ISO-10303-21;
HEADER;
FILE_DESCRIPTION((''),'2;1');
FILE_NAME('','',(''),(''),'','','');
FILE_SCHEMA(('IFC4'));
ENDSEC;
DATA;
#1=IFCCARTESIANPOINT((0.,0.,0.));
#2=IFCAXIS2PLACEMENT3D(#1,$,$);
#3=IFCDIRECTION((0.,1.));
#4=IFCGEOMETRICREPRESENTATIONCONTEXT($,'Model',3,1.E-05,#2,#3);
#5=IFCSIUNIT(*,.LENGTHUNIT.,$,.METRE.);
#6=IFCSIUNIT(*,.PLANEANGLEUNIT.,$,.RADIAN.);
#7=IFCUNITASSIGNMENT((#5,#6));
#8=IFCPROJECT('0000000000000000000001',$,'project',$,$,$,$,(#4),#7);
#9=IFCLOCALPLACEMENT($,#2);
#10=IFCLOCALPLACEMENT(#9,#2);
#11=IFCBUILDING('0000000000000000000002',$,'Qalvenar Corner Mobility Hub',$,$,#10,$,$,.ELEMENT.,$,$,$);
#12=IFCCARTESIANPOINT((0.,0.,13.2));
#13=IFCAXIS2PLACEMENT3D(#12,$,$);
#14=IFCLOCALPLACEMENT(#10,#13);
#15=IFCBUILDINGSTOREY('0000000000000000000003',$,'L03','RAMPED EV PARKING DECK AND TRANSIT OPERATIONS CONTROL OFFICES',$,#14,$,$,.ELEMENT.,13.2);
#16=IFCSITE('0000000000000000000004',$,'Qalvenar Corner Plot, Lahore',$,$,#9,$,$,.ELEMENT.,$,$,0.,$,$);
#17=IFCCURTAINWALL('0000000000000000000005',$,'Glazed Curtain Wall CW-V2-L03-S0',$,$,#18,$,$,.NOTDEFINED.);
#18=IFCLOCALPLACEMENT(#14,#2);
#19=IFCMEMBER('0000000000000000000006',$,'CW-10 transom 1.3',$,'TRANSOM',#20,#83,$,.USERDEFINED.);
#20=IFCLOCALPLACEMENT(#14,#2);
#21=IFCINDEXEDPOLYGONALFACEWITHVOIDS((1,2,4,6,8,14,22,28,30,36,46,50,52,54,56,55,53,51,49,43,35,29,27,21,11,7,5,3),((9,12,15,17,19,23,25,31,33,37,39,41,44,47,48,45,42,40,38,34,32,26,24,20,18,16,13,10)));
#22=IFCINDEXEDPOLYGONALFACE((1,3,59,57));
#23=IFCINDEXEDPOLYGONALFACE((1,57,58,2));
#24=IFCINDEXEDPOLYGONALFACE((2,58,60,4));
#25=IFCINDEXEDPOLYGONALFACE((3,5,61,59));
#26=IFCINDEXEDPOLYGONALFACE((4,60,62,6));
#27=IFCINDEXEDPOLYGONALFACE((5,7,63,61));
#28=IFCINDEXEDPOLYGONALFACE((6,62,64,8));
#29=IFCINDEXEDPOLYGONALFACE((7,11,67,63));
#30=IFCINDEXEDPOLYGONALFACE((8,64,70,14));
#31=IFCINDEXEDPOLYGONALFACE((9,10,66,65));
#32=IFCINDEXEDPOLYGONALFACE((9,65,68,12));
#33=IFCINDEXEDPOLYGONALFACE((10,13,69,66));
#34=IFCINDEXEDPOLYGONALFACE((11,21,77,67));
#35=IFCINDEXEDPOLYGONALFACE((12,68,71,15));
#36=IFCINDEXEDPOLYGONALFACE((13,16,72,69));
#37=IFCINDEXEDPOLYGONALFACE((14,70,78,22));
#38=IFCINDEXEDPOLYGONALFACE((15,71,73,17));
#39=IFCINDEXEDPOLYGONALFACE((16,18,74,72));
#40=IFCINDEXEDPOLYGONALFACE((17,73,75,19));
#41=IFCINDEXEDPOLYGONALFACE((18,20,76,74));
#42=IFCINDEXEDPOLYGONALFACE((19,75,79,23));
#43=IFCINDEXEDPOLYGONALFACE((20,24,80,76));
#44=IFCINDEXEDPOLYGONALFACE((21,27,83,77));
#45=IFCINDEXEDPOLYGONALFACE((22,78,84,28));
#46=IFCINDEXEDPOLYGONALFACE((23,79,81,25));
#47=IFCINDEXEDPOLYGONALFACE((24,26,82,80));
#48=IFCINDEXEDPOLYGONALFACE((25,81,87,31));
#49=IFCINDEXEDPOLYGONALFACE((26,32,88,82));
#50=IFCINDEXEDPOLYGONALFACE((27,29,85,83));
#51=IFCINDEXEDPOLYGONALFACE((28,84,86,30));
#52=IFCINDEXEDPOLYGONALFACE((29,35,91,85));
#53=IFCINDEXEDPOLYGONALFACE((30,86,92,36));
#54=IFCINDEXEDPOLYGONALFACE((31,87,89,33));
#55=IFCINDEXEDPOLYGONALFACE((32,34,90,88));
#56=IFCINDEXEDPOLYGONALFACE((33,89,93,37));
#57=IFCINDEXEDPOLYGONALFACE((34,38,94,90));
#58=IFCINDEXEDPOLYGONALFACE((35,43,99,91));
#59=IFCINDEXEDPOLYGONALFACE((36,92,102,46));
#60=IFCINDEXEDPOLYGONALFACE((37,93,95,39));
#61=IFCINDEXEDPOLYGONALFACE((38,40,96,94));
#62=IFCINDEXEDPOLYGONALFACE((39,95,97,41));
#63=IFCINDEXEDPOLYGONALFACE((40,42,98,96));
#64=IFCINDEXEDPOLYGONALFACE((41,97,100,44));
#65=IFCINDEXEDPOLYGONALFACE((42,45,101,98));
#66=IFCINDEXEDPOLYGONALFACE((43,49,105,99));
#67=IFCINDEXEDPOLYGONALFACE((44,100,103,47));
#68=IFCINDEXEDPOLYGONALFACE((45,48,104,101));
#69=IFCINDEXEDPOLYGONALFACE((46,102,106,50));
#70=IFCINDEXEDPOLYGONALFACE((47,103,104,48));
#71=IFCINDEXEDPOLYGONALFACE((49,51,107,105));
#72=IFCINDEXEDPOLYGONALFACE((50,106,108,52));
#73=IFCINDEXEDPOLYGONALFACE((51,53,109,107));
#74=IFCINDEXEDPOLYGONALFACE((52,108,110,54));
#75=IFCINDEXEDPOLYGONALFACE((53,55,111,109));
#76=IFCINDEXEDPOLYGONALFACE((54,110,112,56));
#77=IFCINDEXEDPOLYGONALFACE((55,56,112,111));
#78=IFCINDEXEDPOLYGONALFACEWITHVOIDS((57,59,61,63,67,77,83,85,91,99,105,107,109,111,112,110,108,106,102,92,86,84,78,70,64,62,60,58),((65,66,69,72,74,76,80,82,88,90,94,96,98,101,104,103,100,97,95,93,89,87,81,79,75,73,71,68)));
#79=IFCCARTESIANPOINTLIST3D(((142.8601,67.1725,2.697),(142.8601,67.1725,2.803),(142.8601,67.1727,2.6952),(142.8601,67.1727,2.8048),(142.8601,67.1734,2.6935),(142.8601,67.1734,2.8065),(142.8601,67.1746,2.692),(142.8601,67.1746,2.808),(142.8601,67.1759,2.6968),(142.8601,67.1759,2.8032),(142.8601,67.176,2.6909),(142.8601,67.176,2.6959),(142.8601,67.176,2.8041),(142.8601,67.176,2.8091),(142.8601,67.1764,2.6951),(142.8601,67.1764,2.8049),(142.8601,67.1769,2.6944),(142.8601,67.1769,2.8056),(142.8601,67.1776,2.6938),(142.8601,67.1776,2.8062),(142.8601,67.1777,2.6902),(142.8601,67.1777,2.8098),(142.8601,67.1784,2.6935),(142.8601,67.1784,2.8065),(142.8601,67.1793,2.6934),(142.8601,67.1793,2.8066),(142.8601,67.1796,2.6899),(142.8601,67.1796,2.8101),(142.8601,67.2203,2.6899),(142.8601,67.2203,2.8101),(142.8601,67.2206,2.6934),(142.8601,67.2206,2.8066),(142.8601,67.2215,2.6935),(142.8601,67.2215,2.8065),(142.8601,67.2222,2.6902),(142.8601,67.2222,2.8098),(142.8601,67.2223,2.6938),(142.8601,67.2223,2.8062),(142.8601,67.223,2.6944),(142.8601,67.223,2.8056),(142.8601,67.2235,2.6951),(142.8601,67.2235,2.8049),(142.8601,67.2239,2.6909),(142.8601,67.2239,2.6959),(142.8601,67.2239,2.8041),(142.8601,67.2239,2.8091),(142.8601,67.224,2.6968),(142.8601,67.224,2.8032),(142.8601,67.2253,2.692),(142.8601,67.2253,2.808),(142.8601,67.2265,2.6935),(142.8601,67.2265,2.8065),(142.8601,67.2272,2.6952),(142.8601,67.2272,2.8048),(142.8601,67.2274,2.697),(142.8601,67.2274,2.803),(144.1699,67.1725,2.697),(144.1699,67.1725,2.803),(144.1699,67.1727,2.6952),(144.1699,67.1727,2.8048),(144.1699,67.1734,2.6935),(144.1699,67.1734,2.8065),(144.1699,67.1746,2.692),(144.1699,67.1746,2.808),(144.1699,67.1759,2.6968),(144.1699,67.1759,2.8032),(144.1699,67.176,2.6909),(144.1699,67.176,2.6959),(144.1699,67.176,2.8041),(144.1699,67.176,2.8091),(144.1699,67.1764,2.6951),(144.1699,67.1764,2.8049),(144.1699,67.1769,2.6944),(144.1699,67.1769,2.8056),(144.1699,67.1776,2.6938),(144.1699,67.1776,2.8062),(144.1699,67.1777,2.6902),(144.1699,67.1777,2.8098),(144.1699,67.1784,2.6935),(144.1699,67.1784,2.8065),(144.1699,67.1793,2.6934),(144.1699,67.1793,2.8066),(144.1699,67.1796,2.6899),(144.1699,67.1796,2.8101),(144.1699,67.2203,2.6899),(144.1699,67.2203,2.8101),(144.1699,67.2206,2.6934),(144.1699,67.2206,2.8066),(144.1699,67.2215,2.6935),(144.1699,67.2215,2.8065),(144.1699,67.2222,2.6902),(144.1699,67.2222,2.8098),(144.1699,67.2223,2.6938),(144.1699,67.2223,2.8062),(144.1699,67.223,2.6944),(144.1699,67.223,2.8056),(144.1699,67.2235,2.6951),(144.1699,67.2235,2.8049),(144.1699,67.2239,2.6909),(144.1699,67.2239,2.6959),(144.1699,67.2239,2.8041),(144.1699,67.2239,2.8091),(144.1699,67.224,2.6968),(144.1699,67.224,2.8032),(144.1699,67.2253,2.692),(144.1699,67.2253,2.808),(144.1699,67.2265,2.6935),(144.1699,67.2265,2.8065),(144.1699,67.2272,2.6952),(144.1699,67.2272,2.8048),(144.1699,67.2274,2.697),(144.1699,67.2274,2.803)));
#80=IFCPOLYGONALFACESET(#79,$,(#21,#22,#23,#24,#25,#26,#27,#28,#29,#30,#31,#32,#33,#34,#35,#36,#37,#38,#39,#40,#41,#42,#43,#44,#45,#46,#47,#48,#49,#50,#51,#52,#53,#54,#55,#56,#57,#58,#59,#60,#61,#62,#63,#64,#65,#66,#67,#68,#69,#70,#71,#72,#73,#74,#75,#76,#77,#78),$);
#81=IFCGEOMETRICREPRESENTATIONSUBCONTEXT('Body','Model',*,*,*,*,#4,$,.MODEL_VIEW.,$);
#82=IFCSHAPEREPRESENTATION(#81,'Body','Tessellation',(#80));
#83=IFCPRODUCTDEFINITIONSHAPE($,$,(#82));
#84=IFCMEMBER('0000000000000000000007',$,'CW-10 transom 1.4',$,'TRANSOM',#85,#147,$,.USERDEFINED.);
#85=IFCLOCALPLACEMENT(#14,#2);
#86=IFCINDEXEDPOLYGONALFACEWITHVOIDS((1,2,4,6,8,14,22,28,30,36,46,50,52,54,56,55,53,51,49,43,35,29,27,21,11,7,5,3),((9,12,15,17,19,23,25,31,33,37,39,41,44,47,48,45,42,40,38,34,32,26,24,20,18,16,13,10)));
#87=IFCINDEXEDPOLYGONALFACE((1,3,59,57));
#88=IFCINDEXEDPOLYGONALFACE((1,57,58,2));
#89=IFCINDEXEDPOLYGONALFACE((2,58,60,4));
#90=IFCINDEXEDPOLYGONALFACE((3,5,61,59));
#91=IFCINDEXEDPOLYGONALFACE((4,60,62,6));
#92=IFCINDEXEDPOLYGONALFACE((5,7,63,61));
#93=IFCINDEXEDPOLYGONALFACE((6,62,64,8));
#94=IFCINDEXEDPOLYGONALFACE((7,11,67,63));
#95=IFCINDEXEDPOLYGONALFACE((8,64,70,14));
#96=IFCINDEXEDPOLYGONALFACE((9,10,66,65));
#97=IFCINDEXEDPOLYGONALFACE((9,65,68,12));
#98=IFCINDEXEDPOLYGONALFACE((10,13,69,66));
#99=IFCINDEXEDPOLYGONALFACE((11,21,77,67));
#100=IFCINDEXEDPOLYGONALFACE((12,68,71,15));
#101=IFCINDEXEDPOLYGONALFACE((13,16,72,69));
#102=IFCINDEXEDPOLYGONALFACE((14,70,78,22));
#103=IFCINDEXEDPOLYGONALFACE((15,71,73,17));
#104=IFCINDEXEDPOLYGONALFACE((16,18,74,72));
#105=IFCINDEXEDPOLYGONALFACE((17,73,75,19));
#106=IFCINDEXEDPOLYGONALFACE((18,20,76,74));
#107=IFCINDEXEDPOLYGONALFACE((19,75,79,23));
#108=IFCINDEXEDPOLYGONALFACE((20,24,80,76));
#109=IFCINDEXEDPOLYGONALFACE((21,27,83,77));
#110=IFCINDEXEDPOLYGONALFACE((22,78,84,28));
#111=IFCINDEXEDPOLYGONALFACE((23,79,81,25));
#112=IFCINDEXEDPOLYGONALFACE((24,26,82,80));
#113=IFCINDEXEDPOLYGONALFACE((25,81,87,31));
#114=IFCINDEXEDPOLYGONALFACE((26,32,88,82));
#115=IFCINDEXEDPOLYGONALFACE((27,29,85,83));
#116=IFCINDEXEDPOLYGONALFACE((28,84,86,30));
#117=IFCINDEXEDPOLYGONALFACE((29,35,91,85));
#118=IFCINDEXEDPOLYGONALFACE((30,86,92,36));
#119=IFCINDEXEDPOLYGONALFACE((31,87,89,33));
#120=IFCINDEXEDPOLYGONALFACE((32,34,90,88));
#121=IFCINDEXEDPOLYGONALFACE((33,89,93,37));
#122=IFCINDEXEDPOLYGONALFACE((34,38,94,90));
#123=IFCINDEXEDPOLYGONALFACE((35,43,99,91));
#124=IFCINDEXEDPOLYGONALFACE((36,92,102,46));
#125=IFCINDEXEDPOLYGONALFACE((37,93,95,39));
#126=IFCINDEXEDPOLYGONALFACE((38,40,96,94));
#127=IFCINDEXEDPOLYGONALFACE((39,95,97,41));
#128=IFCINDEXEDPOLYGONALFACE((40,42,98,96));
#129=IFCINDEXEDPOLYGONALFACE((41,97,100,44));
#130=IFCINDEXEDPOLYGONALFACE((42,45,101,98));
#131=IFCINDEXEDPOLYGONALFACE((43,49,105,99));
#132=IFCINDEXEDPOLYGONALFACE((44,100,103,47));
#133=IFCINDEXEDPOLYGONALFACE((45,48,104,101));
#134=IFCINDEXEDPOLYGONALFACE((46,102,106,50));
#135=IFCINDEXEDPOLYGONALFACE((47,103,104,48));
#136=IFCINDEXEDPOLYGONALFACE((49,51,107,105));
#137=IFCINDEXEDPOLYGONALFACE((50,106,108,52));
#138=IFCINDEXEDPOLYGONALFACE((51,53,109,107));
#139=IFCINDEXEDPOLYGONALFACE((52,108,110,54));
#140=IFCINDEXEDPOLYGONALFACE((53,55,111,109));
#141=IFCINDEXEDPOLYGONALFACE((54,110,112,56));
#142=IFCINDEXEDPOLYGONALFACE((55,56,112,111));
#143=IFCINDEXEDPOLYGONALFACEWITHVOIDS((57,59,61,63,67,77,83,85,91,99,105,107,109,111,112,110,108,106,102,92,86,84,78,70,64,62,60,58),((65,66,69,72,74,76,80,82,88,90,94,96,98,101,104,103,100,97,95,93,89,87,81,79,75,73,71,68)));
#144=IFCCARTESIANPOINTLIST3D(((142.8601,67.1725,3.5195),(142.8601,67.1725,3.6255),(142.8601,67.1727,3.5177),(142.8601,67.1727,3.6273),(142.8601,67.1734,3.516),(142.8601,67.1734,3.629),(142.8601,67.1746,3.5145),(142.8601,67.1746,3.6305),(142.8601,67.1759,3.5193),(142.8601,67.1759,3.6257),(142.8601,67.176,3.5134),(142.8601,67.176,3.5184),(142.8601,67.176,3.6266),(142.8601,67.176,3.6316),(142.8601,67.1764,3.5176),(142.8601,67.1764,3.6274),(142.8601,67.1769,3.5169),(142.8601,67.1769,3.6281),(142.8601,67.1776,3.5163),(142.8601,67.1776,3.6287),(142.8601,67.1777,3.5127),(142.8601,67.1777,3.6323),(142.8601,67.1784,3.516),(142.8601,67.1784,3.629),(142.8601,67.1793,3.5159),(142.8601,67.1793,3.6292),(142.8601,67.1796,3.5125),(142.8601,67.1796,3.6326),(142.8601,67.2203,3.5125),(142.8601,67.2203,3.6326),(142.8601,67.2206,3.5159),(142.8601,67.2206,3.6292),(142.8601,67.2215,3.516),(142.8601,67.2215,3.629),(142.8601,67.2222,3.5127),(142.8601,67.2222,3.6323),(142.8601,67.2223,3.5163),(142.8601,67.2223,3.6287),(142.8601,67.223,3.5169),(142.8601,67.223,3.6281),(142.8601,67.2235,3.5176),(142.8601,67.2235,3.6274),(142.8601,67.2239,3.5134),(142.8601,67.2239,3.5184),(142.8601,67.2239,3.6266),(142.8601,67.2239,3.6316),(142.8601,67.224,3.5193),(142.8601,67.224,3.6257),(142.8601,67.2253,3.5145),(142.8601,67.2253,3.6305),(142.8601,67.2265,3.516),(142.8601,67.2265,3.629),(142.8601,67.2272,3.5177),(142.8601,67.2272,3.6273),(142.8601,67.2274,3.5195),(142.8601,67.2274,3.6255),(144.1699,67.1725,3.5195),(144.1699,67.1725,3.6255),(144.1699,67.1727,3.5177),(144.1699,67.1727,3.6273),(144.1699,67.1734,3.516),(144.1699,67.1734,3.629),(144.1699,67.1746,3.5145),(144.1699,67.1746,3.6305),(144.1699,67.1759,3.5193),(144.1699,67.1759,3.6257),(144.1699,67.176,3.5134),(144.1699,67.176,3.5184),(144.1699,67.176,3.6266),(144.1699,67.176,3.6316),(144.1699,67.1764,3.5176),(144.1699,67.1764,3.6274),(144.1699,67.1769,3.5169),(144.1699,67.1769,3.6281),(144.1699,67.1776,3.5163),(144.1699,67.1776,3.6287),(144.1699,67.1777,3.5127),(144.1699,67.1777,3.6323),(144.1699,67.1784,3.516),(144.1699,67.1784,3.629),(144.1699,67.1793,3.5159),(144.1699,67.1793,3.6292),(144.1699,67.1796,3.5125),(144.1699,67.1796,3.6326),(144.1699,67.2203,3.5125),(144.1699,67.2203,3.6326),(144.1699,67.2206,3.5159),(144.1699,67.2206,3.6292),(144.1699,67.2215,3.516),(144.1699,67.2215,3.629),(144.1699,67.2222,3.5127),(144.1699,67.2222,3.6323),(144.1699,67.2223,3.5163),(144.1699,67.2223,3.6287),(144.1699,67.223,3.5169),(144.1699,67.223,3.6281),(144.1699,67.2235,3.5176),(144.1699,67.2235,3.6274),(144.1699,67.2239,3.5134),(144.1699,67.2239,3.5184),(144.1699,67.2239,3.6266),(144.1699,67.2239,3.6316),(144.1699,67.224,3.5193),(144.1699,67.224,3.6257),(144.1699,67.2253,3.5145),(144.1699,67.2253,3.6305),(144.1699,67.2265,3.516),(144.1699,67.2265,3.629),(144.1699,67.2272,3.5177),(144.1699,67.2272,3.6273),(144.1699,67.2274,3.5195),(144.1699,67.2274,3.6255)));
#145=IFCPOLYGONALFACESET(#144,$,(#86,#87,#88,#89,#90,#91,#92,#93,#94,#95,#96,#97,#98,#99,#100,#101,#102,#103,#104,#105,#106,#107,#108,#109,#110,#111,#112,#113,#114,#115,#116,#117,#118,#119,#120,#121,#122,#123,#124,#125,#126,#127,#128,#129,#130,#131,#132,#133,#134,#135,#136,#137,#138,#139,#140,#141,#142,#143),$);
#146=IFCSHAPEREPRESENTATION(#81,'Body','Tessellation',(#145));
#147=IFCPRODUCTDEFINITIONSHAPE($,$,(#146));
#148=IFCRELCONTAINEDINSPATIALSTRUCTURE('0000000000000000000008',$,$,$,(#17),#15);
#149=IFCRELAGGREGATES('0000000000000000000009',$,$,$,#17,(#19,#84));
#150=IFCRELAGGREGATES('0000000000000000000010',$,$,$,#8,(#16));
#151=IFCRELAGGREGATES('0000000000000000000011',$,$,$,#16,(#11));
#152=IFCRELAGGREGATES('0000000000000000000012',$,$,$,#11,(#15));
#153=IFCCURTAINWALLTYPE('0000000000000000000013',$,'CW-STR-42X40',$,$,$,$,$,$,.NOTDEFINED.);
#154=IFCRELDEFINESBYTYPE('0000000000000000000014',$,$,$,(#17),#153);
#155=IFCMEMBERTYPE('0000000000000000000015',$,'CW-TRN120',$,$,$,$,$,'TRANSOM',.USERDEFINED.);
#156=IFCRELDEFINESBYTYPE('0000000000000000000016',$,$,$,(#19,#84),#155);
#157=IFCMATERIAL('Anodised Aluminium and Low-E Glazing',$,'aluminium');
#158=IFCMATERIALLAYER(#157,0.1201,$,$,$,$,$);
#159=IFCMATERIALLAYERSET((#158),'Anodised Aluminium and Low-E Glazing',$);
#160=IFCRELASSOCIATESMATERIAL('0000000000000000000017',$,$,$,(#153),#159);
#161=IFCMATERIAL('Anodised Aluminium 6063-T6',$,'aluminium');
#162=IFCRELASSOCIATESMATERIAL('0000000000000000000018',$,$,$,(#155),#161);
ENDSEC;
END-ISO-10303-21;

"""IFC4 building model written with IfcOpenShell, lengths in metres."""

from ifc_helpers import new_model, si_unit, direction, frame, origin, origin_2d, place, context, subcontext, project, spatial, hollow_rectangle, extrude, material, layer, layer_set, material_profile, profile_set, type_object, element, aggregate, save


model = new_model("IFC4")

# Units and contexts
model_context = context("Model", 3, precision=1e-05, world=origin(), true_north=direction((0.0, 1.0)))
body_context = subcontext(model_context, "Body", "Model", "MODEL_VIEW")
ifc_project = project(units=[si_unit("LENGTHUNIT", "METRE"), si_unit("PLANEANGLEUNIT", "RADIAN")], contexts=[model_context])

# Site, building, storey
site_placement = place(None, origin())
site = spatial("IfcSite", under=ifc_project, at=site_placement, Name="Qalvenar Corner Plot, Lahore", CompositionType="ELEMENT", RefElevation=0.0)
building_placement = place(site_placement, origin())
building = spatial("IfcBuilding", under=site, at=building_placement, Name="Qalvenar Corner Mobility Hub", CompositionType="ELEMENT")
storey_placement = place(building_placement, frame((0.0, 0.0, 13.2)))
storey = spatial("IfcBuildingStorey", under=building, at=storey_placement, Name="L03", Description="RAMPED EV PARKING DECK AND TRANSIT OPERATIONS CONTROL OFFICES", CompositionType="ELEMENT", Elevation=13.2)

# Curtain wall, members
ifc_material_1 = material(Name="Anodised Aluminium and Low-E Glazing", Category="aluminium")
ifc_layer_1 = layer(ifc_material_1, 0.1201)
ifc_layer_set_1 = layer_set([ifc_layer_1], Name="Anodised Aluminium and Low-E Glazing")
curtain_wall_type = type_object("IfcCurtainWallType", Name="CW-STR-42X40", PredefinedType="NOTDEFINED", material=ifc_layer_set_1)
curtain_wall_placement = place(storey_placement, origin())
curtain_wall = element("IfcCurtainWall", 1, at=curtain_wall_placement, inside=storey, type_object=curtain_wall_type, Name="Glazed Curtain Wall CW-V2-L03-S0", PredefinedType="NOTDEFINED")
ifc_material_2 = material(Name="Anodised Aluminium 6063-T6", Category="aluminium")
ifc_material_profile_1 = material_profile(ifc_material_2, hollow_rectangle(XDim=0.0549, YDim=0.1201, WallThickness=0.0034, InnerFilletRadius=0.0034, OuterFilletRadius=0.0071, at=origin_2d()), Name="RHS120x55x3.5")
ifc_profile_set_1 = profile_set([ifc_material_profile_1], Name="Anodised Aluminium 6063-T6")
member_type_1 = type_object("IfcMemberType", Name="CW-TRN120", ElementType="TRANSOM", PredefinedType="USERDEFINED", material=ifc_profile_set_1)
member_1_placement = place(storey_placement, frame((142.8601, 67.2, 2.75), z_axis=(1.0, 0.0, 0.0), x_axis=(0.0, 1.0, 0.0)))
member_1 = element("IfcMember", 2, at=member_1_placement, type_object=member_type_1, Name="CW-10 transom 1.3", ObjectType="TRANSOM", PredefinedType="USERDEFINED", context=body_context, shape_type="SweptSolid", body=[
    extrude(hollow_rectangle(XDim=0.0549, YDim=0.1201, WallThickness=0.0034, InnerFilletRadius=0.0034, OuterFilletRadius=0.0071, at=origin_2d()), origin(), (0.0, 0.0, 1.0), 1.3098),
])
member_2_placement = place(storey_placement, frame((142.8601, 67.2, 3.5725), z_axis=(1.0, 0.0, 0.0), x_axis=(0.0, 1.0, 0.0)))
member_2 = element("IfcMember", 3, at=member_2_placement, type_object=member_type_1, Name="CW-10 transom 1.4", ObjectType="TRANSOM", PredefinedType="USERDEFINED", context=body_context, shape_type="SweptSolid", body=[
    extrude(hollow_rectangle(XDim=0.0549, YDim=0.1201, WallThickness=0.0034, InnerFilletRadius=0.0034, OuterFilletRadius=0.0071, at=origin_2d()), origin(), (0.0, 0.0, 1.0), 1.3098),
])

aggregate(curtain_wall, [member_1, member_2])

save(model, "model.ifc")
